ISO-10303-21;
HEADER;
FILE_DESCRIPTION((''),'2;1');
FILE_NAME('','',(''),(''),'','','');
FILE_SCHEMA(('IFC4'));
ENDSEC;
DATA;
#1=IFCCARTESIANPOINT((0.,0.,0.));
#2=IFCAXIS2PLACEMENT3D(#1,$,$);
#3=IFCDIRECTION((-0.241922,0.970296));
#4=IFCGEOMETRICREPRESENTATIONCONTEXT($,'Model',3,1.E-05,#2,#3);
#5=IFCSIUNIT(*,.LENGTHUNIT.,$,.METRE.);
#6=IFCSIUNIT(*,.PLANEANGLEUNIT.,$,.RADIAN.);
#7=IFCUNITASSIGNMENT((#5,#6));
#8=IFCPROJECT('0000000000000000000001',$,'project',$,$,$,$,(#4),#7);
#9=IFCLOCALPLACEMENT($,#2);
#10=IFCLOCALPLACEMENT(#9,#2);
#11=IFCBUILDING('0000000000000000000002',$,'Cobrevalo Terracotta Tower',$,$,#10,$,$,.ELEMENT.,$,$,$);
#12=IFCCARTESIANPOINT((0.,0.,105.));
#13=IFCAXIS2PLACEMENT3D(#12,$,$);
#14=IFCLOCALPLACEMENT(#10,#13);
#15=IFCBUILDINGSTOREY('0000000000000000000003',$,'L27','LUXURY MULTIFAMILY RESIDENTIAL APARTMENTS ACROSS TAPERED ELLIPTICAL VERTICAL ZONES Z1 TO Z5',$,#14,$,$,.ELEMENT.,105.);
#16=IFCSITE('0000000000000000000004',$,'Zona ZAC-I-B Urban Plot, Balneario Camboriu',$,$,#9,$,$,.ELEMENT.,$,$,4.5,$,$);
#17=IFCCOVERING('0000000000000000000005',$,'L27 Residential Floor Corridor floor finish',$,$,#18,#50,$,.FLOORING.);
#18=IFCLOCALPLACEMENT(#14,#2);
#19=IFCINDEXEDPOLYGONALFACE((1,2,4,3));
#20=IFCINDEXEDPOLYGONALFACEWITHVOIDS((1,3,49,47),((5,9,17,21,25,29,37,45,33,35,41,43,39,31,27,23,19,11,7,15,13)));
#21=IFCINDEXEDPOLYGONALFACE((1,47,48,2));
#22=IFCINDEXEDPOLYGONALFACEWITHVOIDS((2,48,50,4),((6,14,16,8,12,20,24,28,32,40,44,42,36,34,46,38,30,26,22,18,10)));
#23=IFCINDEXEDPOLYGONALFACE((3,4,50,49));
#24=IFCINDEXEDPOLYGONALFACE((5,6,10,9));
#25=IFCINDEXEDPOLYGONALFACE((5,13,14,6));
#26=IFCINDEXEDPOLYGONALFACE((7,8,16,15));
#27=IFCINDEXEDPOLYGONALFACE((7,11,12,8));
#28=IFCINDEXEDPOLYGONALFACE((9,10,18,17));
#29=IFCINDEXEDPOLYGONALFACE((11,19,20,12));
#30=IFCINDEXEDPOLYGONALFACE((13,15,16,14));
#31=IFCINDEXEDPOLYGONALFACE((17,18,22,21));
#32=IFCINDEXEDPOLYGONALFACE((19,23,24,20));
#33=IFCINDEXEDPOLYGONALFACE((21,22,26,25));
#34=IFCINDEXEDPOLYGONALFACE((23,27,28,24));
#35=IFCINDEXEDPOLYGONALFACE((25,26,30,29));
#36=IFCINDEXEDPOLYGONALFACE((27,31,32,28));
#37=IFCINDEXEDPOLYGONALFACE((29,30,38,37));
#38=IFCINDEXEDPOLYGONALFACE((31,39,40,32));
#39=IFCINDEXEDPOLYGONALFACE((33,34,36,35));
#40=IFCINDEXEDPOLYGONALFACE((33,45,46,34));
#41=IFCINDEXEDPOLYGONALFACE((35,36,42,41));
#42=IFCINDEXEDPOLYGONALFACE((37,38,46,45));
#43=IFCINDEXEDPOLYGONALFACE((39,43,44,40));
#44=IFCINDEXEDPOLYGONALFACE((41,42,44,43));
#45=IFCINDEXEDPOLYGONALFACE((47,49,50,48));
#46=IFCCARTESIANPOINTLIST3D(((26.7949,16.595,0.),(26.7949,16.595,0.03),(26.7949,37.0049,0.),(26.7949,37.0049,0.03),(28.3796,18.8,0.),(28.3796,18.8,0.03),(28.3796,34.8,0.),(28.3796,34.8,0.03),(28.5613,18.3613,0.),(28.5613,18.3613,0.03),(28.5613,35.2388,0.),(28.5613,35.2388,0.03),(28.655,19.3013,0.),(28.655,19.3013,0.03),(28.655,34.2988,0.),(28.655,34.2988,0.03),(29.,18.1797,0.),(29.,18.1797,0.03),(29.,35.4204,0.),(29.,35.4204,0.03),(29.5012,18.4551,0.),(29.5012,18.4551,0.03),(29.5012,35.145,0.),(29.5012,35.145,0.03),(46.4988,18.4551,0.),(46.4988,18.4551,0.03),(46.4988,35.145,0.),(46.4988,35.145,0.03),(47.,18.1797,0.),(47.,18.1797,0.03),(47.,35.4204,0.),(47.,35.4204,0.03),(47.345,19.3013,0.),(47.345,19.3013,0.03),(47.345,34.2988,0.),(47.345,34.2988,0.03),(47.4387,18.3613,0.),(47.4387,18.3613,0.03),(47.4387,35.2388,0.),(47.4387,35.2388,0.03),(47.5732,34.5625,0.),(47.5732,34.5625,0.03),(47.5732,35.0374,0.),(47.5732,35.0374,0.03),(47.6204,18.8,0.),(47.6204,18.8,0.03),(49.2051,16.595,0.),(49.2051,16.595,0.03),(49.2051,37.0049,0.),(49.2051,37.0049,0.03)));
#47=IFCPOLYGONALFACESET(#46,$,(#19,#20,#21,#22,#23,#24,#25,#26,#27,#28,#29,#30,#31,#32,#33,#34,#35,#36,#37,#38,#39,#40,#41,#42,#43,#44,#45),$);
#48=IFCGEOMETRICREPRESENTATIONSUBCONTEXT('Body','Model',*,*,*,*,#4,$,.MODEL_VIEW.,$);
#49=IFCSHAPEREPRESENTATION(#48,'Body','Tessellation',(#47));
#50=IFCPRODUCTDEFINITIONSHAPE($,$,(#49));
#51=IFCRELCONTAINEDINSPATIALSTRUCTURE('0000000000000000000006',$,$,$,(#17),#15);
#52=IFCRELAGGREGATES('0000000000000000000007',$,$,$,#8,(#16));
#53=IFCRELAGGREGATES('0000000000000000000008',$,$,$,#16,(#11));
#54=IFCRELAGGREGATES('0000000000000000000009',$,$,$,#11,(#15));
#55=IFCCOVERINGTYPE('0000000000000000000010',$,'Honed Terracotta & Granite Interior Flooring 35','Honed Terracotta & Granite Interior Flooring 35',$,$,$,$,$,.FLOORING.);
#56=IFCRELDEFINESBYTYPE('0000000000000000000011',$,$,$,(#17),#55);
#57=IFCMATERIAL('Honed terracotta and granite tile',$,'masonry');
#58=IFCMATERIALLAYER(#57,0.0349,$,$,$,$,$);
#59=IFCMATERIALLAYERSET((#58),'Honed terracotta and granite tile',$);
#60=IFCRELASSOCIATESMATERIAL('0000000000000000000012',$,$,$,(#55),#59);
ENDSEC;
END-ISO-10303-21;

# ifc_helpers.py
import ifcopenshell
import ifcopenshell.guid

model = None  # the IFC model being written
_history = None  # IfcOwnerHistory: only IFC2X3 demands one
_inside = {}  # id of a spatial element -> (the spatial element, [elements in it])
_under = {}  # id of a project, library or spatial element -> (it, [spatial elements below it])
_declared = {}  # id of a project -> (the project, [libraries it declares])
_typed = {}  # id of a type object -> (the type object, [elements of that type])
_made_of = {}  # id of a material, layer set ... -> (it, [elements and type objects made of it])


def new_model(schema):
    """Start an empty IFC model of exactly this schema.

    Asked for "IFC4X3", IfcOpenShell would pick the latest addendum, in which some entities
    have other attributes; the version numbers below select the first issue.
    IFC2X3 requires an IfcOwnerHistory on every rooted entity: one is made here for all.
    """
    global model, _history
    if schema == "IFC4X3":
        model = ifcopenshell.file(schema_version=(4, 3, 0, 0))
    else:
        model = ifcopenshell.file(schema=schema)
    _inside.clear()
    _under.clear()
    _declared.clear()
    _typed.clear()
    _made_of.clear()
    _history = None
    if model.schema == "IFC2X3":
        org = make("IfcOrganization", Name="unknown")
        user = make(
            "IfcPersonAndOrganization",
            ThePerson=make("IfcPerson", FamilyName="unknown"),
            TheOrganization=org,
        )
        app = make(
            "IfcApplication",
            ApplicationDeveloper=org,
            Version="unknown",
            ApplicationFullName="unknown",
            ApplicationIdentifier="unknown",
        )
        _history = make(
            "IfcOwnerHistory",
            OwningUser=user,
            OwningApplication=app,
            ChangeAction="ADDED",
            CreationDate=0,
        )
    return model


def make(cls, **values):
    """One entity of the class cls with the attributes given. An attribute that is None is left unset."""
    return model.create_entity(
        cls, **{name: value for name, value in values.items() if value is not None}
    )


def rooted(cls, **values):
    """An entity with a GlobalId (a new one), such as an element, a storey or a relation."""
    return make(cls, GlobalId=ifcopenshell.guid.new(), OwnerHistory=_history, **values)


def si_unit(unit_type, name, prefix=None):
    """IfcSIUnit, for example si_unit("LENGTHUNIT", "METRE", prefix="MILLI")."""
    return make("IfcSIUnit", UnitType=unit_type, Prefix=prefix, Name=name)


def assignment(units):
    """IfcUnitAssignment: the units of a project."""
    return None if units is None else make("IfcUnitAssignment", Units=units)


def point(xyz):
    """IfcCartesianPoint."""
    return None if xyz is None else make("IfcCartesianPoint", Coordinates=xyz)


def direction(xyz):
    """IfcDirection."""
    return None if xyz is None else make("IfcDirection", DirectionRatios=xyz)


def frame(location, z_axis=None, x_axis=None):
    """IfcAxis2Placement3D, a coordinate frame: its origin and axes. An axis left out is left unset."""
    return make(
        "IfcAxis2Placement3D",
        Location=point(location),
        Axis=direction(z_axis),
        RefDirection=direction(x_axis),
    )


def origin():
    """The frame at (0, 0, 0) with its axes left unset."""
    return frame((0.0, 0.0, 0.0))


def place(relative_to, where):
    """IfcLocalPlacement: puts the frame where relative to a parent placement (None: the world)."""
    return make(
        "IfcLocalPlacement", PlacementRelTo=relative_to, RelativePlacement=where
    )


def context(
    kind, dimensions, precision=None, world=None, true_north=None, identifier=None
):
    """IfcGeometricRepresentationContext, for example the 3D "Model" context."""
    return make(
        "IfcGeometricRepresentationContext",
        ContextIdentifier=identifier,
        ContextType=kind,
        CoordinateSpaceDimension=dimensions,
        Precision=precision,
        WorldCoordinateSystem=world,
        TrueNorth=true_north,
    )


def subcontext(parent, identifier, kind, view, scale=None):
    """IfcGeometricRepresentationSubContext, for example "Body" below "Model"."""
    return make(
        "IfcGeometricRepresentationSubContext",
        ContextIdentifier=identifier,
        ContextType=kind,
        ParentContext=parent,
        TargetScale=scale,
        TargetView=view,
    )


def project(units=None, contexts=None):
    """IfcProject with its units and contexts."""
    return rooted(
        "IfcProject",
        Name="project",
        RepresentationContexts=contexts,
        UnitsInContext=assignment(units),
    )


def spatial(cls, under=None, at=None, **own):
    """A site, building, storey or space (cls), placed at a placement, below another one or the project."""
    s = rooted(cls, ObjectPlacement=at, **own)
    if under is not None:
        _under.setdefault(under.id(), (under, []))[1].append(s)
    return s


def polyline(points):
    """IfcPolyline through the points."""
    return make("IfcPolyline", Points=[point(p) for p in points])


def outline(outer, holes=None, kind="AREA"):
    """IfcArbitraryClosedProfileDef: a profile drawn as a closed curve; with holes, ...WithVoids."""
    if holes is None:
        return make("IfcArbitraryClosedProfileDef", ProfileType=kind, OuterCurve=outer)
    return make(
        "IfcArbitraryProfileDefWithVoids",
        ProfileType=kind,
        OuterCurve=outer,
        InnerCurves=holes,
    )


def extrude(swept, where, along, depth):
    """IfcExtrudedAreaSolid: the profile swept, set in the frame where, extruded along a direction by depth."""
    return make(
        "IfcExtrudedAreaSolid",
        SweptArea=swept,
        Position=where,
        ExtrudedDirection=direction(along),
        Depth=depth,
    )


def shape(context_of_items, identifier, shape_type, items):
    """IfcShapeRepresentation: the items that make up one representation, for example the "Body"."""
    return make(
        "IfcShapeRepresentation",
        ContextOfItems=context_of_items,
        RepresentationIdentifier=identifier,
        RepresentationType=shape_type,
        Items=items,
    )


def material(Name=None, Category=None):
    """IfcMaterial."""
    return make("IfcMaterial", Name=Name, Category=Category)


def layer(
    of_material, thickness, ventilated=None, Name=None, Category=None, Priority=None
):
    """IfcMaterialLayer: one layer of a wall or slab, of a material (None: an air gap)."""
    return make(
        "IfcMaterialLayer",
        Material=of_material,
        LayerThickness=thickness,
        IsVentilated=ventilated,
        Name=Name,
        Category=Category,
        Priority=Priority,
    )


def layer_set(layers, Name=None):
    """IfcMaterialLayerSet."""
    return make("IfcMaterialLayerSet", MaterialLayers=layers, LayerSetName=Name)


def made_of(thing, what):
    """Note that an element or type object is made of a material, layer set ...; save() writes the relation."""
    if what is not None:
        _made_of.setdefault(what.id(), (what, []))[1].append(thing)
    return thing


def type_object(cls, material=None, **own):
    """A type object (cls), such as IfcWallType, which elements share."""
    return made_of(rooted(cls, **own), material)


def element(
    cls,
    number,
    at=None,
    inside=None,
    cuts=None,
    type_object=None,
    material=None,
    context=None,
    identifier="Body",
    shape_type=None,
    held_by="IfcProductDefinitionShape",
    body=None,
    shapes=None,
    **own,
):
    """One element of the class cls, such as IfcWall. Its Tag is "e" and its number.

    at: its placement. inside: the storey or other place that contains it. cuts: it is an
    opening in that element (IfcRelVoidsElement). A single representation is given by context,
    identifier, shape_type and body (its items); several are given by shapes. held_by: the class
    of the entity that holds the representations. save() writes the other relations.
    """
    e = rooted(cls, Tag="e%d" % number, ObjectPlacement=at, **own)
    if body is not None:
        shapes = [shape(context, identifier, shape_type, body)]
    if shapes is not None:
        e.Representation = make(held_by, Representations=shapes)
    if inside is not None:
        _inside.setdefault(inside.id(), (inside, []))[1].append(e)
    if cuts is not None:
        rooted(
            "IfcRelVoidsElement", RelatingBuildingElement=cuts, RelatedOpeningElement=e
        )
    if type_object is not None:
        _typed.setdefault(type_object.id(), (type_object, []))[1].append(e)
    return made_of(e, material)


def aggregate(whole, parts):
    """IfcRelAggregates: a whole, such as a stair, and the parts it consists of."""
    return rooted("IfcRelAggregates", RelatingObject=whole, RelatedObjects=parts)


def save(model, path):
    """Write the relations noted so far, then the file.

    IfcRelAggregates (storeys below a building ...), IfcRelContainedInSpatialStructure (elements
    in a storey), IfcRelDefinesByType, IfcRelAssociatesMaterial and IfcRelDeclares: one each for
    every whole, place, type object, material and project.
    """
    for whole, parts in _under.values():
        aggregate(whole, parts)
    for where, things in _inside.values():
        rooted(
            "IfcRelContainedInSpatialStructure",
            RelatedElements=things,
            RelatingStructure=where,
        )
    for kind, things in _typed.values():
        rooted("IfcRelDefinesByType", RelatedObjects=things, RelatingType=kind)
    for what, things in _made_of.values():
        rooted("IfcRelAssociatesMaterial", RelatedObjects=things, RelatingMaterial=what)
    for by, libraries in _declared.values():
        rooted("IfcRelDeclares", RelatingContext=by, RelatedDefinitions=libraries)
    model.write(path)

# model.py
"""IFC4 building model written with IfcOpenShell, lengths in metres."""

from ifc_helpers import new_model, si_unit, direction, frame, origin, place, context, subcontext, project, spatial, polyline, outline, extrude, material, layer, layer_set, type_object, element, save


model = new_model("IFC4")

# Units and contexts
model_context = context("Model", 3, precision=1e-05, world=origin(), true_north=direction((-0.241922, 0.970296)))
body_context = subcontext(model_context, "Body", "Model", "MODEL_VIEW")
ifc_project = project(units=[si_unit("LENGTHUNIT", "METRE"), si_unit("PLANEANGLEUNIT", "RADIAN")], contexts=[model_context])

# Site, building, storey
site_placement = place(None, origin())
site = spatial("IfcSite", under=ifc_project, at=site_placement, Name="Zona ZAC-I-B Urban Plot, Balneario Camboriu", CompositionType="ELEMENT", RefElevation=4.5)
building_placement = place(site_placement, origin())
building = spatial("IfcBuilding", under=site, at=building_placement, Name="Cobrevalo Terracotta Tower", CompositionType="ELEMENT")
storey_placement = place(building_placement, frame((0.0, 0.0, 105.0)))
storey = spatial("IfcBuildingStorey", under=building, at=storey_placement, Name="L27", Description="LUXURY MULTIFAMILY RESIDENTIAL APARTMENTS ACROSS TAPERED ELLIPTICAL VERTICAL ZONES Z1 TO Z5", CompositionType="ELEMENT", Elevation=105.0)

# Covering
ifc_material_1 = material(Name="Honed terracotta and granite tile", Category="masonry")
ifc_layer_1 = layer(ifc_material_1, 0.0349)
ifc_layer_set_1 = layer_set([ifc_layer_1], Name="Honed terracotta and granite tile")
covering_type_1 = type_object("IfcCoveringType", Name="Honed Terracotta & Granite Interior Flooring 35", Description="Honed Terracotta & Granite Interior Flooring 35", PredefinedType="FLOORING", material=ifc_layer_set_1)
covering_1_placement = place(storey_placement, origin())
element("IfcCovering", 1, at=covering_1_placement, inside=storey, type_object=covering_type_1, Name="L27 Residential Floor Corridor floor finish", PredefinedType="FLOORING", context=body_context, shape_type="SweptSolid", body=[
    extrude(outline(polyline([(49.2051, 37.0049), (49.2051, 16.595), (26.7949, 16.595), (26.7949, 37.0049), (49.2051, 37.0049)]), holes=[polyline([(47.345, 34.2988), (47.5732, 34.5625), (47.5732, 35.0374), (47.4387, 35.2388), (47.0, 35.4204), (46.4988, 35.145), (29.5012, 35.145), (29.0, 35.4204), (28.5613, 35.2388), (28.3796, 34.8), (28.655, 34.2988), (28.655, 19.3013), (28.3796, 18.8), (28.5613, 18.3613), (29.0, 18.1797), (29.5012, 18.4551), (46.4988, 18.4551), (47.0, 18.1797), (47.4387, 18.3613), (47.6204, 18.8), (47.345, 19.3013), (47.345, 34.2988)])]), origin(), (0.0, 0.0, 1.0), 0.03),
])

save(model, "model.ifc")
